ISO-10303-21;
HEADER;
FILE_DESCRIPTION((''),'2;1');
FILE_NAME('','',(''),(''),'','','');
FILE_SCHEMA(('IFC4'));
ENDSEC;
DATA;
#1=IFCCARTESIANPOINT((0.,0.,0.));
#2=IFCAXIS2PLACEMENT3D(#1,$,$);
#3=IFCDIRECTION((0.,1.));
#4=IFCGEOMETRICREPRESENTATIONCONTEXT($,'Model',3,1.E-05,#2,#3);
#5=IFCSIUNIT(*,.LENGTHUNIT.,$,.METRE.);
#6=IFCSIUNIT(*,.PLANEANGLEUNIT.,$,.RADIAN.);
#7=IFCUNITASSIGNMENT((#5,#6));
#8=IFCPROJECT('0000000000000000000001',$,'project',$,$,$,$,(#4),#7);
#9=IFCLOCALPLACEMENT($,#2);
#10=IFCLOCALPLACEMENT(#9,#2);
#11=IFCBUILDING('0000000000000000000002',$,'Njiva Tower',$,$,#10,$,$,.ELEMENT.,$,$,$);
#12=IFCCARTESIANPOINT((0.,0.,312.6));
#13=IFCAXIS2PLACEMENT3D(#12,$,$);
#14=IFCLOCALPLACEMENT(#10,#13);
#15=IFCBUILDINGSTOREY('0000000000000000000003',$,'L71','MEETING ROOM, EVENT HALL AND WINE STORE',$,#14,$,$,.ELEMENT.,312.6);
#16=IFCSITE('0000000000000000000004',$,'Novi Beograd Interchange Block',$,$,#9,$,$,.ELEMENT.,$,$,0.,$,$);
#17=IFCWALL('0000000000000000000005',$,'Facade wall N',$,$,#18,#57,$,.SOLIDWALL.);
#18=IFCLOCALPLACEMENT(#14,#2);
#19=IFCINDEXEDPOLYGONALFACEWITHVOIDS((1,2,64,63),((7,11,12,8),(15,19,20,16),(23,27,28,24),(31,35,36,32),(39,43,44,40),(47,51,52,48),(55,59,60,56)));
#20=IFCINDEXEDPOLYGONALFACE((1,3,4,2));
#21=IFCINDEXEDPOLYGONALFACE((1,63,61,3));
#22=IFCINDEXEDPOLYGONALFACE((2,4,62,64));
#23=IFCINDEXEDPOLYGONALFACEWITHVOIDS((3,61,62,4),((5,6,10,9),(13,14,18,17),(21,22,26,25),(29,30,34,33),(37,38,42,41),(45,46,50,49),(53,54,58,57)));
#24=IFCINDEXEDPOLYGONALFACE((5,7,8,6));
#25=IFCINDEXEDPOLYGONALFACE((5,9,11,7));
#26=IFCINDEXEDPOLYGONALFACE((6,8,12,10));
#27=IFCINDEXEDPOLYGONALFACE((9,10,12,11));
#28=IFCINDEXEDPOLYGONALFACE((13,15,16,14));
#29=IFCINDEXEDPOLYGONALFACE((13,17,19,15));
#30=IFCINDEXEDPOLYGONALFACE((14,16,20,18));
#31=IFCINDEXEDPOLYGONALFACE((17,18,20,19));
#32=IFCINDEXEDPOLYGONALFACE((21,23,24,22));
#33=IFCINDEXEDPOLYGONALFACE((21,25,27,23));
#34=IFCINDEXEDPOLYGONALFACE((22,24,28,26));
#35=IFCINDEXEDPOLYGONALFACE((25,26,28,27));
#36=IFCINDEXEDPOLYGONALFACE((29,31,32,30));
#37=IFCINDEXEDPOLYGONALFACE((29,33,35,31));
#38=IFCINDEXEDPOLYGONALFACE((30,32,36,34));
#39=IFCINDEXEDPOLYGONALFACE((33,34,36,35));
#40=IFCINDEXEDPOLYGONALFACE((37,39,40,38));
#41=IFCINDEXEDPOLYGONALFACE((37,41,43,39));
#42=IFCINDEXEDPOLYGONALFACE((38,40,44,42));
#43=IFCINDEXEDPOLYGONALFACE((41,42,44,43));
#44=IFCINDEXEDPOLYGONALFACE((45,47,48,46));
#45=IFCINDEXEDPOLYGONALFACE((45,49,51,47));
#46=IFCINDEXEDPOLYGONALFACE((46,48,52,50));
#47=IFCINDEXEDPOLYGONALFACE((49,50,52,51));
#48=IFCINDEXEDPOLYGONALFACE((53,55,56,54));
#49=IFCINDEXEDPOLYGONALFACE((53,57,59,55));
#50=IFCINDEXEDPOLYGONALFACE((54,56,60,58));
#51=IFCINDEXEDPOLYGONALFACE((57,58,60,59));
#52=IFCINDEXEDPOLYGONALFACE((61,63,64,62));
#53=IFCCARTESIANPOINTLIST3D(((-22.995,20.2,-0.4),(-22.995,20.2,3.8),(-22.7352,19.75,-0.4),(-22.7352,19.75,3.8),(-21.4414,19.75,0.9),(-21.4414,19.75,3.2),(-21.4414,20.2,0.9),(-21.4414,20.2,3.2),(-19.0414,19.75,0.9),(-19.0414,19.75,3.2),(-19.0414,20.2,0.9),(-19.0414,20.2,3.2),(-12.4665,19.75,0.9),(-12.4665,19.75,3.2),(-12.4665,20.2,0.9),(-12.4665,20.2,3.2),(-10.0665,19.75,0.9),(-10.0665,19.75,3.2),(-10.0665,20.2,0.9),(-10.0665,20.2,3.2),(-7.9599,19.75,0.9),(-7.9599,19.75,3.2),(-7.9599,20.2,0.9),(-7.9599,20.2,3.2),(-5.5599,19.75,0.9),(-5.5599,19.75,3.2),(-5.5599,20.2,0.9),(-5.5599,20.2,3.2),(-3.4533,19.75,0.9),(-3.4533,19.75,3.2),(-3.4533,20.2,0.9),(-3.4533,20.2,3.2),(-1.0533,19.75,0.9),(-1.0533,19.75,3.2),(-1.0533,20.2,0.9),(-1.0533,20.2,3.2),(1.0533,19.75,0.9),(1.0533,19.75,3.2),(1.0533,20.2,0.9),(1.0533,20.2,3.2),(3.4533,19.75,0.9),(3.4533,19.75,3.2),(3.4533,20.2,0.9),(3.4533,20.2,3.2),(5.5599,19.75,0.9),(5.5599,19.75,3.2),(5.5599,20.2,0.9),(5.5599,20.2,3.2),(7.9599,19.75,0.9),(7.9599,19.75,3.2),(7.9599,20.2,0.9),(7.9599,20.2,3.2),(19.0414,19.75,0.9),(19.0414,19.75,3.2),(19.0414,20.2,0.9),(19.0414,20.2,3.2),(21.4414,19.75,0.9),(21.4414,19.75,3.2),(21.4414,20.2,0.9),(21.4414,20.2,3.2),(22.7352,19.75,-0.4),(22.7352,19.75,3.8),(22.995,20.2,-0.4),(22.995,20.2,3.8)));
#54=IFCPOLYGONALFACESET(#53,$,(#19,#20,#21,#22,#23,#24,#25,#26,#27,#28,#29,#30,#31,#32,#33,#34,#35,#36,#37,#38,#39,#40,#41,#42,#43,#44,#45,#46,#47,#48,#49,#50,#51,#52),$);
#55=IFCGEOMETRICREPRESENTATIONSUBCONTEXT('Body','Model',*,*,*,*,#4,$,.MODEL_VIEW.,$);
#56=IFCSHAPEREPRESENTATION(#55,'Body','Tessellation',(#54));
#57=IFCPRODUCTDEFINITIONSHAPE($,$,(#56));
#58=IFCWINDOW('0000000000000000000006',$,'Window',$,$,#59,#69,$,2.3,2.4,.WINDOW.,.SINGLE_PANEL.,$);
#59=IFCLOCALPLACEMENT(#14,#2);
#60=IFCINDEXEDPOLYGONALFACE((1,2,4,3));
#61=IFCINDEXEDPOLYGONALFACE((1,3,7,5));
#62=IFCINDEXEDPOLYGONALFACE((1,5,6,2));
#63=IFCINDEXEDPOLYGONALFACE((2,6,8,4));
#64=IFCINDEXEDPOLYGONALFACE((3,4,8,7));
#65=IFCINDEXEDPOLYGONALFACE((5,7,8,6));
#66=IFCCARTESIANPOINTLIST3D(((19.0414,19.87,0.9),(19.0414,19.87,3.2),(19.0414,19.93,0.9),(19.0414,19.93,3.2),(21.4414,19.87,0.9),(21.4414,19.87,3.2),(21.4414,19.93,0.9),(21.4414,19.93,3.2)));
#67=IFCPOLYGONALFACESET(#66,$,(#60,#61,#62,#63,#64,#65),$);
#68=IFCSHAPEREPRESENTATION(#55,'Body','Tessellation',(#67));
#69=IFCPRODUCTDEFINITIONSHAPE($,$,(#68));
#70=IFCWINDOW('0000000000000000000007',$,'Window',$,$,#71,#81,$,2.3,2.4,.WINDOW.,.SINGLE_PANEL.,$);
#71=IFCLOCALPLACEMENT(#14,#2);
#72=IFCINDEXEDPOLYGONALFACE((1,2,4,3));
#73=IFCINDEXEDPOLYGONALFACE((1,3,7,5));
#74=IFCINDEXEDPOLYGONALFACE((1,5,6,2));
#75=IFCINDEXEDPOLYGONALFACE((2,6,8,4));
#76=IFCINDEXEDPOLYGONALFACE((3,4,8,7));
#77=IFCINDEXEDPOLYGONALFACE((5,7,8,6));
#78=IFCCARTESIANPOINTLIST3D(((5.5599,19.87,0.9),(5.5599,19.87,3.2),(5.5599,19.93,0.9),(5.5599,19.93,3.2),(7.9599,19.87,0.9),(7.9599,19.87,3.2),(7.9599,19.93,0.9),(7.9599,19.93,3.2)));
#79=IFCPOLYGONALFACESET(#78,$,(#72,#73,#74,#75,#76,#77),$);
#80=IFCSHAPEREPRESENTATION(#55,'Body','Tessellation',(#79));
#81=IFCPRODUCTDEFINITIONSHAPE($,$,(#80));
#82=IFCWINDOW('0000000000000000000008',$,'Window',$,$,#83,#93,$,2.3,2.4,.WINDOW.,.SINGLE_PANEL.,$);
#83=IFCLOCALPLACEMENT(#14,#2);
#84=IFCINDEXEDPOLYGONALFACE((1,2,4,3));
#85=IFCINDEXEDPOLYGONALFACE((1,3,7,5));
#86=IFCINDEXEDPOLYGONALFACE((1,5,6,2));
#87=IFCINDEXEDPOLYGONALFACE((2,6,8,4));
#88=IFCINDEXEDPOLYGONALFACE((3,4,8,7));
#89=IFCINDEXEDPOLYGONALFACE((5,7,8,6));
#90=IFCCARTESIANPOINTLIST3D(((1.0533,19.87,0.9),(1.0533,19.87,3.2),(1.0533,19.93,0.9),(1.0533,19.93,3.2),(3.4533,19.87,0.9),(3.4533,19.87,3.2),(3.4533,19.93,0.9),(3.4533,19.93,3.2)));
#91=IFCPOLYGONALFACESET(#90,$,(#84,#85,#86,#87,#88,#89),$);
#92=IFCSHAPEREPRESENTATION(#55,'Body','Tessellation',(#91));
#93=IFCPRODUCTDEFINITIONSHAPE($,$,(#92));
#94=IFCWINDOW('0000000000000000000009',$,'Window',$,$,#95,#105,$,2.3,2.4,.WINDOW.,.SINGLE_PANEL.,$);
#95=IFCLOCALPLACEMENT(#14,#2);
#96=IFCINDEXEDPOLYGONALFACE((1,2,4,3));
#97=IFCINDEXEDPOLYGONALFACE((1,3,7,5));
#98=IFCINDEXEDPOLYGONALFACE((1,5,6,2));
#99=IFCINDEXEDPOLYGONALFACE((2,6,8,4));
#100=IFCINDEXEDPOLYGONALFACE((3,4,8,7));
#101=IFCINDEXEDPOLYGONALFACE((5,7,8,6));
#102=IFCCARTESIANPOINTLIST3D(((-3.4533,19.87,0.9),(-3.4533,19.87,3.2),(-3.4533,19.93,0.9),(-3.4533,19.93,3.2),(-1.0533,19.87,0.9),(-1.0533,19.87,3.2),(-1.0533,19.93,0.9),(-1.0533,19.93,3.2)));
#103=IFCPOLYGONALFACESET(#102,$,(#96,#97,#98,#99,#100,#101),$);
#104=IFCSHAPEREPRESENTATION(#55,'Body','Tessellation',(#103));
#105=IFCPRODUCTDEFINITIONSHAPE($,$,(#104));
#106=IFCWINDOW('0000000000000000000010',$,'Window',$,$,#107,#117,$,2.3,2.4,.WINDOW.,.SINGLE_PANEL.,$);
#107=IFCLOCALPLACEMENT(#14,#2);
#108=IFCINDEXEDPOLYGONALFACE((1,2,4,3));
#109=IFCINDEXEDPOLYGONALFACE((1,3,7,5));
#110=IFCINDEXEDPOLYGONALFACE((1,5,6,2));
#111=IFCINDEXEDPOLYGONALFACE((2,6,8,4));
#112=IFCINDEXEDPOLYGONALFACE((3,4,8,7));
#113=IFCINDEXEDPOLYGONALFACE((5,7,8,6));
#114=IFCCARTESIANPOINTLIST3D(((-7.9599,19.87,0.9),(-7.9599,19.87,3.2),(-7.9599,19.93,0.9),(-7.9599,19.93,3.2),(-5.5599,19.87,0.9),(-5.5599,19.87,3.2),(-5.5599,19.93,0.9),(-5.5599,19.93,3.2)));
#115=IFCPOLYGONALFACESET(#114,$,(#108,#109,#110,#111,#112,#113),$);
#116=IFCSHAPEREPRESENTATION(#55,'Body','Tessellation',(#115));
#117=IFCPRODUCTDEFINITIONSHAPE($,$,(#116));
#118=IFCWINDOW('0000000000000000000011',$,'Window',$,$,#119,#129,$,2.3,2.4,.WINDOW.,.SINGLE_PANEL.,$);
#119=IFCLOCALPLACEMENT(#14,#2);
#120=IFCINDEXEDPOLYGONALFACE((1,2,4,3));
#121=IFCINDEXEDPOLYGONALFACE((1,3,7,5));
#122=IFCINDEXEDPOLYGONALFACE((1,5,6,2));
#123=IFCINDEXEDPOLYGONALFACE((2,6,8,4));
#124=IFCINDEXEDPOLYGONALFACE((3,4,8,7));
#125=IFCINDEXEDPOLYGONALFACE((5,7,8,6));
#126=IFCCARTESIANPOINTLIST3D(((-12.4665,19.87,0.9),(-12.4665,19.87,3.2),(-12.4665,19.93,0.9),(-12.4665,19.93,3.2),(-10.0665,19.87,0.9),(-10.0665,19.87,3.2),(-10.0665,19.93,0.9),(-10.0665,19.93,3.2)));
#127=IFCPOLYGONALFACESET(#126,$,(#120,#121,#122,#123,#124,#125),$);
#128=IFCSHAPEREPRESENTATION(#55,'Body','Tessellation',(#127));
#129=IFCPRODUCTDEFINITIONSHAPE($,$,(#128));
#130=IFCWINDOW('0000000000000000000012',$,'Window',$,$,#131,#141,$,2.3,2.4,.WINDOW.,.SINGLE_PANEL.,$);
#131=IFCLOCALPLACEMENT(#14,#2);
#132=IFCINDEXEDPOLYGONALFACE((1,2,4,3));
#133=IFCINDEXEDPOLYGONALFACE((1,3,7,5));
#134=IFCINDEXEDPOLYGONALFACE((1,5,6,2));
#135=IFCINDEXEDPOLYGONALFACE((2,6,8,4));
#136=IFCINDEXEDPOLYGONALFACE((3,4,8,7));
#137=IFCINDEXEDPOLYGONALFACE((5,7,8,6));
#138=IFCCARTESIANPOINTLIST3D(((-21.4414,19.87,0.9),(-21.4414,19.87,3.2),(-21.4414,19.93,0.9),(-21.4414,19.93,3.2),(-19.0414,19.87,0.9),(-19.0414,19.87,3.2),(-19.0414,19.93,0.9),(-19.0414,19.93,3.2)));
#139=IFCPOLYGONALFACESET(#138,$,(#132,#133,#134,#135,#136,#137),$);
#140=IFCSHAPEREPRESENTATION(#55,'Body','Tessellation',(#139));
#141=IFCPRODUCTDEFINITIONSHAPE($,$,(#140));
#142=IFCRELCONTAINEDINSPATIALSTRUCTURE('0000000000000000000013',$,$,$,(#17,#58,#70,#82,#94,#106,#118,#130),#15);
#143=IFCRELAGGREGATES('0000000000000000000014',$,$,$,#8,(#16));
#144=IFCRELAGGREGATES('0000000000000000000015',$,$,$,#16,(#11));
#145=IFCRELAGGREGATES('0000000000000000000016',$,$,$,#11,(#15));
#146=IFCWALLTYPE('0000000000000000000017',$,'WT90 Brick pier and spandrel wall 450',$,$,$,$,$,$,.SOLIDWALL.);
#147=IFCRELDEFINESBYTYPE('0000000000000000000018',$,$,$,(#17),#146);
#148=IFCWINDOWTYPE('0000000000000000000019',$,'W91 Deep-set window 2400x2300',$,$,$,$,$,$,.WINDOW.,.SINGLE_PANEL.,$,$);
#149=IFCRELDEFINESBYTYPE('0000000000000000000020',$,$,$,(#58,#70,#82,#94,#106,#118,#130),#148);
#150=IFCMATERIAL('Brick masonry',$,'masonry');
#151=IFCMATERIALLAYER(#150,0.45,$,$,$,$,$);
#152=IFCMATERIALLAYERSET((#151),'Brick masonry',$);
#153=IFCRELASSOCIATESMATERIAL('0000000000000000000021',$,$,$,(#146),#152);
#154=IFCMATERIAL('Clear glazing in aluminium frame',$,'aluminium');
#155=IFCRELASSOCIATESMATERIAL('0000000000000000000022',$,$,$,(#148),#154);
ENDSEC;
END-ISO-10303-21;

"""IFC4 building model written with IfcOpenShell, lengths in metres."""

from ifc_helpers import new_model, si_unit, direction, frame, frame_2d, origin, place, context, subcontext, project, spatial, polyline, rectangle, outline, extrude, material, layer, layer_set, type_object, element, fill, save


model = new_model("IFC4")

# Units and contexts
model_context = context("Model", 3, precision=1e-05, world=origin(), true_north=direction((0.0, 1.0)))
body_context = subcontext(model_context, "Body", "Model", "MODEL_VIEW")
ifc_project = project(units=[si_unit("LENGTHUNIT", "METRE"), si_unit("PLANEANGLEUNIT", "RADIAN")], contexts=[model_context])

# Site, building, storey
site_placement = place(None, origin())
site = spatial("IfcSite", under=ifc_project, at=site_placement, Name="Novi Beograd Interchange Block", CompositionType="ELEMENT", RefElevation=0.0)
building_placement = place(site_placement, origin())
building = spatial("IfcBuilding", under=site, at=building_placement, Name="Njiva Tower", CompositionType="ELEMENT")
storey_placement = place(building_placement, frame((0.0, 0.0, 312.6)))
storey = spatial("IfcBuildingStorey", under=building, at=storey_placement, Name="L71", Description="MEETING ROOM, EVENT HALL AND WINE STORE", CompositionType="ELEMENT", Elevation=312.6)

# Wall, openings, windows
ifc_material_1 = material(Name="Brick masonry", Category="masonry")
ifc_layer_1 = layer(ifc_material_1, 0.45)
ifc_layer_set_1 = layer_set([ifc_layer_1], Name="Brick masonry")
wall_type_1 = type_object("IfcWallType", Name="WT90 Brick pier and spandrel wall 450", PredefinedType="SOLIDWALL", material=ifc_layer_set_1)
wall_1_placement = place(storey_placement, frame((22.8651, 19.975, -0.4), z_axis=(0.0, 0.0, 1.0), x_axis=(-1.0, 0.0, 0.0)))
wall_1 = element("IfcWall", 1, at=wall_1_placement, inside=storey, type_object=wall_type_1, Name="Facade wall N", PredefinedType="SOLIDWALL", context=body_context, shape_type="SweptSolid", body=[
    extrude(outline(polyline([(-0.1299, -0.225), (45.8601, -0.225), (45.6003, 0.225), (0.1299, 0.225), (-0.1299, -0.225)])), origin(), (0.0, 0.0, 1.0), 4.2),
])
opening_1_placement = place(wall_1_placement, frame((1.4237, 0.0, 1.3)))
opening_1 = element("IfcOpeningElement", 2, at=opening_1_placement, cuts=wall_1, PredefinedType="OPENING", context=body_context, shape_type="SweptSolid", body=[
    extrude(rectangle(XDim=2.4, YDim=2.3, at=frame_2d((1.2, 1.15))), frame((0.0, 0.235, 0.0), z_axis=(0.0, -1.0, 0.0), x_axis=(1.0, 0.0, 0.0)), (0.0, 0.0, 1.0), 0.47),
])
opening_2_placement = place(wall_1_placement, frame((14.9052, 0.0, 1.3)))
opening_2 = element("IfcOpeningElement", 3, at=opening_2_placement, cuts=wall_1, PredefinedType="OPENING", context=body_context, shape_type="SweptSolid", body=[
    extrude(rectangle(XDim=2.4, YDim=2.3, at=frame_2d((1.2, 1.15))), frame((0.0, 0.235, 0.0), z_axis=(0.0, -1.0, 0.0), x_axis=(1.0, 0.0, 0.0)), (0.0, 0.0, 1.0), 0.47),
])
opening_3_placement = place(wall_1_placement, frame((19.4118, 0.0, 1.3)))
opening_3 = element("IfcOpeningElement", 4, at=opening_3_placement, cuts=wall_1, PredefinedType="OPENING", context=body_context, shape_type="SweptSolid", body=[
    extrude(rectangle(XDim=2.4, YDim=2.3, at=frame_2d((1.2, 1.15))), frame((0.0, 0.235, 0.0), z_axis=(0.0, -1.0, 0.0), x_axis=(1.0, 0.0, 0.0)), (0.0, 0.0, 1.0), 0.47),
])
opening_4_placement = place(wall_1_placement, frame((23.9184, 0.0, 1.3)))
opening_4 = element("IfcOpeningElement", 5, at=opening_4_placement, cuts=wall_1, PredefinedType="OPENING", context=body_context, shape_type="SweptSolid", body=[
    extrude(rectangle(XDim=2.4, YDim=2.3, at=frame_2d((1.2, 1.15))), frame((0.0, 0.235, 0.0), z_axis=(0.0, -1.0, 0.0), x_axis=(1.0, 0.0, 0.0)), (0.0, 0.0, 1.0), 0.47),
])
opening_5_placement = place(wall_1_placement, frame((28.425, 0.0, 1.3)))
opening_5 = element("IfcOpeningElement", 6, at=opening_5_placement, cuts=wall_1, PredefinedType="OPENING", context=body_context, shape_type="SweptSolid", body=[
    extrude(rectangle(XDim=2.4, YDim=2.3, at=frame_2d((1.2, 1.15))), frame((0.0, 0.235, 0.0), z_axis=(0.0, -1.0, 0.0), x_axis=(1.0, 0.0, 0.0)), (0.0, 0.0, 1.0), 0.47),
])
opening_6_placement = place(wall_1_placement, frame((32.9316, 0.0, 1.3)))
opening_6 = element("IfcOpeningElement", 7, at=opening_6_placement, cuts=wall_1, PredefinedType="OPENING", context=body_context, shape_type="SweptSolid", body=[
    extrude(rectangle(XDim=2.4, YDim=2.3, at=frame_2d((1.2, 1.15))), frame((0.0, 0.235, 0.0), z_axis=(0.0, -1.0, 0.0), x_axis=(1.0, 0.0, 0.0)), (0.0, 0.0, 1.0), 0.47),
])
opening_7_placement = place(wall_1_placement, frame((41.9065, 0.0, 1.3)))
opening_7 = element("IfcOpeningElement", 8, at=opening_7_placement, cuts=wall_1, PredefinedType="OPENING", context=body_context, shape_type="SweptSolid", body=[
    extrude(rectangle(XDim=2.4, YDim=2.3, at=frame_2d((1.2, 1.15))), frame((0.0, 0.235, 0.0), z_axis=(0.0, -1.0, 0.0), x_axis=(1.0, 0.0, 0.0)), (0.0, 0.0, 1.0), 0.47),
])
ifc_material_2 = material(Name="Clear glazing in aluminium frame", Category="aluminium")
window_type_1 = type_object("IfcWindowType", Name="W91 Deep-set window 2400x2300", PartitioningType="SINGLE_PANEL", PredefinedType="WINDOW", material=ifc_material_2)
window_1_placement = place(opening_1_placement, origin())
window_1 = element("IfcWindow", 9, at=window_1_placement, inside=storey, type_object=window_type_1, Name="Window", OverallHeight=2.3, OverallWidth=2.4, PartitioningType="SINGLE_PANEL", PredefinedType="WINDOW", context=body_context, shape_type="SweptSolid", body=[
    extrude(rectangle(XDim=2.4, YDim=2.3, at=frame_2d((1.2, 1.15))), frame((0.0, 0.105, 0.0), z_axis=(0.0, -1.0, 0.0), x_axis=(1.0, 0.0, 0.0)), (0.0, 0.0, 1.0), 0.06),
])
fill(opening_1, window_1)
window_2_placement = place(opening_2_placement, origin())
window_2 = element("IfcWindow", 10, at=window_2_placement, inside=storey, type_object=window_type_1, Name="Window", OverallHeight=2.3, OverallWidth=2.4, PartitioningType="SINGLE_PANEL", PredefinedType="WINDOW", context=body_context, shape_type="SweptSolid", body=[
    extrude(rectangle(XDim=2.4, YDim=2.3, at=frame_2d((1.2, 1.15))), frame((0.0, 0.105, 0.0), z_axis=(0.0, -1.0, 0.0), x_axis=(1.0, 0.0, 0.0)), (0.0, 0.0, 1.0), 0.06),
])
fill(opening_2, window_2)
window_3_placement = place(opening_3_placement, origin())
window_3 = element("IfcWindow", 11, at=window_3_placement, inside=storey, type_object=window_type_1, Name="Window", OverallHeight=2.3, OverallWidth=2.4, PartitioningType="SINGLE_PANEL", PredefinedType="WINDOW", context=body_context, shape_type="SweptSolid", body=[
    extrude(rectangle(XDim=2.4, YDim=2.3, at=frame_2d((1.2, 1.15))), frame((0.0, 0.105, 0.0), z_axis=(0.0, -1.0, 0.0), x_axis=(1.0, 0.0, 0.0)), (0.0, 0.0, 1.0), 0.06),
])
fill(opening_3, window_3)
window_4_placement = place(opening_4_placement, origin())
window_4 = element("IfcWindow", 12, at=window_4_placement, inside=storey, type_object=window_type_1, Name="Window", OverallHeight=2.3, OverallWidth=2.4, PartitioningType="SINGLE_PANEL", PredefinedType="WINDOW", context=body_context, shape_type="SweptSolid", body=[
    extrude(rectangle(XDim=2.4, YDim=2.3, at=frame_2d((1.2, 1.15))), frame((0.0, 0.105, 0.0), z_axis=(0.0, -1.0, 0.0), x_axis=(1.0, 0.0, 0.0)), (0.0, 0.0, 1.0), 0.06),
])
fill(opening_4, window_4)
window_5_placement = place(opening_5_placement, origin())
window_5 = element("IfcWindow", 13, at=window_5_placement, inside=storey, type_object=window_type_1, Name="Window", OverallHeight=2.3, OverallWidth=2.4, PartitioningType="SINGLE_PANEL", PredefinedType="WINDOW", context=body_context, shape_type="SweptSolid", body=[
    extrude(rectangle(XDim=2.4, YDim=2.3, at=frame_2d((1.2, 1.15))), frame((0.0, 0.105, 0.0), z_axis=(0.0, -1.0, 0.0), x_axis=(1.0, 0.0, 0.0)), (0.0, 0.0, 1.0), 0.06),
])
fill(opening_5, window_5)
window_6_placement = place(opening_6_placement, origin())
window_6 = element("IfcWindow", 14, at=window_6_placement, inside=storey, type_object=window_type_1, Name="Window", OverallHeight=2.3, OverallWidth=2.4, PartitioningType="SINGLE_PANEL", PredefinedType="WINDOW", context=body_context, shape_type="SweptSolid", body=[
    extrude(rectangle(XDim=2.4, YDim=2.3, at=frame_2d((1.2, 1.15))), frame((0.0, 0.105, 0.0), z_axis=(0.0, -1.0, 0.0), x_axis=(1.0, 0.0, 0.0)), (0.0, 0.0, 1.0), 0.06),
])
fill(opening_6, window_6)
window_7_placement = place(opening_7_placement, origin())
window_7 = element("IfcWindow", 15, at=window_7_placement, inside=storey, type_object=window_type_1, Name="Window", OverallHeight=2.3, OverallWidth=2.4, PartitioningType="SINGLE_PANEL", PredefinedType="WINDOW", context=body_context, shape_type="SweptSolid", body=[
    extrude(rectangle(XDim=2.4, YDim=2.3, at=frame_2d((1.2, 1.15))), frame((0.0, 0.105, 0.0), z_axis=(0.0, -1.0, 0.0), x_axis=(1.0, 0.0, 0.0)), (0.0, 0.0, 1.0), 0.06),
])
fill(opening_7, window_7)

save(model, "model.ifc")
